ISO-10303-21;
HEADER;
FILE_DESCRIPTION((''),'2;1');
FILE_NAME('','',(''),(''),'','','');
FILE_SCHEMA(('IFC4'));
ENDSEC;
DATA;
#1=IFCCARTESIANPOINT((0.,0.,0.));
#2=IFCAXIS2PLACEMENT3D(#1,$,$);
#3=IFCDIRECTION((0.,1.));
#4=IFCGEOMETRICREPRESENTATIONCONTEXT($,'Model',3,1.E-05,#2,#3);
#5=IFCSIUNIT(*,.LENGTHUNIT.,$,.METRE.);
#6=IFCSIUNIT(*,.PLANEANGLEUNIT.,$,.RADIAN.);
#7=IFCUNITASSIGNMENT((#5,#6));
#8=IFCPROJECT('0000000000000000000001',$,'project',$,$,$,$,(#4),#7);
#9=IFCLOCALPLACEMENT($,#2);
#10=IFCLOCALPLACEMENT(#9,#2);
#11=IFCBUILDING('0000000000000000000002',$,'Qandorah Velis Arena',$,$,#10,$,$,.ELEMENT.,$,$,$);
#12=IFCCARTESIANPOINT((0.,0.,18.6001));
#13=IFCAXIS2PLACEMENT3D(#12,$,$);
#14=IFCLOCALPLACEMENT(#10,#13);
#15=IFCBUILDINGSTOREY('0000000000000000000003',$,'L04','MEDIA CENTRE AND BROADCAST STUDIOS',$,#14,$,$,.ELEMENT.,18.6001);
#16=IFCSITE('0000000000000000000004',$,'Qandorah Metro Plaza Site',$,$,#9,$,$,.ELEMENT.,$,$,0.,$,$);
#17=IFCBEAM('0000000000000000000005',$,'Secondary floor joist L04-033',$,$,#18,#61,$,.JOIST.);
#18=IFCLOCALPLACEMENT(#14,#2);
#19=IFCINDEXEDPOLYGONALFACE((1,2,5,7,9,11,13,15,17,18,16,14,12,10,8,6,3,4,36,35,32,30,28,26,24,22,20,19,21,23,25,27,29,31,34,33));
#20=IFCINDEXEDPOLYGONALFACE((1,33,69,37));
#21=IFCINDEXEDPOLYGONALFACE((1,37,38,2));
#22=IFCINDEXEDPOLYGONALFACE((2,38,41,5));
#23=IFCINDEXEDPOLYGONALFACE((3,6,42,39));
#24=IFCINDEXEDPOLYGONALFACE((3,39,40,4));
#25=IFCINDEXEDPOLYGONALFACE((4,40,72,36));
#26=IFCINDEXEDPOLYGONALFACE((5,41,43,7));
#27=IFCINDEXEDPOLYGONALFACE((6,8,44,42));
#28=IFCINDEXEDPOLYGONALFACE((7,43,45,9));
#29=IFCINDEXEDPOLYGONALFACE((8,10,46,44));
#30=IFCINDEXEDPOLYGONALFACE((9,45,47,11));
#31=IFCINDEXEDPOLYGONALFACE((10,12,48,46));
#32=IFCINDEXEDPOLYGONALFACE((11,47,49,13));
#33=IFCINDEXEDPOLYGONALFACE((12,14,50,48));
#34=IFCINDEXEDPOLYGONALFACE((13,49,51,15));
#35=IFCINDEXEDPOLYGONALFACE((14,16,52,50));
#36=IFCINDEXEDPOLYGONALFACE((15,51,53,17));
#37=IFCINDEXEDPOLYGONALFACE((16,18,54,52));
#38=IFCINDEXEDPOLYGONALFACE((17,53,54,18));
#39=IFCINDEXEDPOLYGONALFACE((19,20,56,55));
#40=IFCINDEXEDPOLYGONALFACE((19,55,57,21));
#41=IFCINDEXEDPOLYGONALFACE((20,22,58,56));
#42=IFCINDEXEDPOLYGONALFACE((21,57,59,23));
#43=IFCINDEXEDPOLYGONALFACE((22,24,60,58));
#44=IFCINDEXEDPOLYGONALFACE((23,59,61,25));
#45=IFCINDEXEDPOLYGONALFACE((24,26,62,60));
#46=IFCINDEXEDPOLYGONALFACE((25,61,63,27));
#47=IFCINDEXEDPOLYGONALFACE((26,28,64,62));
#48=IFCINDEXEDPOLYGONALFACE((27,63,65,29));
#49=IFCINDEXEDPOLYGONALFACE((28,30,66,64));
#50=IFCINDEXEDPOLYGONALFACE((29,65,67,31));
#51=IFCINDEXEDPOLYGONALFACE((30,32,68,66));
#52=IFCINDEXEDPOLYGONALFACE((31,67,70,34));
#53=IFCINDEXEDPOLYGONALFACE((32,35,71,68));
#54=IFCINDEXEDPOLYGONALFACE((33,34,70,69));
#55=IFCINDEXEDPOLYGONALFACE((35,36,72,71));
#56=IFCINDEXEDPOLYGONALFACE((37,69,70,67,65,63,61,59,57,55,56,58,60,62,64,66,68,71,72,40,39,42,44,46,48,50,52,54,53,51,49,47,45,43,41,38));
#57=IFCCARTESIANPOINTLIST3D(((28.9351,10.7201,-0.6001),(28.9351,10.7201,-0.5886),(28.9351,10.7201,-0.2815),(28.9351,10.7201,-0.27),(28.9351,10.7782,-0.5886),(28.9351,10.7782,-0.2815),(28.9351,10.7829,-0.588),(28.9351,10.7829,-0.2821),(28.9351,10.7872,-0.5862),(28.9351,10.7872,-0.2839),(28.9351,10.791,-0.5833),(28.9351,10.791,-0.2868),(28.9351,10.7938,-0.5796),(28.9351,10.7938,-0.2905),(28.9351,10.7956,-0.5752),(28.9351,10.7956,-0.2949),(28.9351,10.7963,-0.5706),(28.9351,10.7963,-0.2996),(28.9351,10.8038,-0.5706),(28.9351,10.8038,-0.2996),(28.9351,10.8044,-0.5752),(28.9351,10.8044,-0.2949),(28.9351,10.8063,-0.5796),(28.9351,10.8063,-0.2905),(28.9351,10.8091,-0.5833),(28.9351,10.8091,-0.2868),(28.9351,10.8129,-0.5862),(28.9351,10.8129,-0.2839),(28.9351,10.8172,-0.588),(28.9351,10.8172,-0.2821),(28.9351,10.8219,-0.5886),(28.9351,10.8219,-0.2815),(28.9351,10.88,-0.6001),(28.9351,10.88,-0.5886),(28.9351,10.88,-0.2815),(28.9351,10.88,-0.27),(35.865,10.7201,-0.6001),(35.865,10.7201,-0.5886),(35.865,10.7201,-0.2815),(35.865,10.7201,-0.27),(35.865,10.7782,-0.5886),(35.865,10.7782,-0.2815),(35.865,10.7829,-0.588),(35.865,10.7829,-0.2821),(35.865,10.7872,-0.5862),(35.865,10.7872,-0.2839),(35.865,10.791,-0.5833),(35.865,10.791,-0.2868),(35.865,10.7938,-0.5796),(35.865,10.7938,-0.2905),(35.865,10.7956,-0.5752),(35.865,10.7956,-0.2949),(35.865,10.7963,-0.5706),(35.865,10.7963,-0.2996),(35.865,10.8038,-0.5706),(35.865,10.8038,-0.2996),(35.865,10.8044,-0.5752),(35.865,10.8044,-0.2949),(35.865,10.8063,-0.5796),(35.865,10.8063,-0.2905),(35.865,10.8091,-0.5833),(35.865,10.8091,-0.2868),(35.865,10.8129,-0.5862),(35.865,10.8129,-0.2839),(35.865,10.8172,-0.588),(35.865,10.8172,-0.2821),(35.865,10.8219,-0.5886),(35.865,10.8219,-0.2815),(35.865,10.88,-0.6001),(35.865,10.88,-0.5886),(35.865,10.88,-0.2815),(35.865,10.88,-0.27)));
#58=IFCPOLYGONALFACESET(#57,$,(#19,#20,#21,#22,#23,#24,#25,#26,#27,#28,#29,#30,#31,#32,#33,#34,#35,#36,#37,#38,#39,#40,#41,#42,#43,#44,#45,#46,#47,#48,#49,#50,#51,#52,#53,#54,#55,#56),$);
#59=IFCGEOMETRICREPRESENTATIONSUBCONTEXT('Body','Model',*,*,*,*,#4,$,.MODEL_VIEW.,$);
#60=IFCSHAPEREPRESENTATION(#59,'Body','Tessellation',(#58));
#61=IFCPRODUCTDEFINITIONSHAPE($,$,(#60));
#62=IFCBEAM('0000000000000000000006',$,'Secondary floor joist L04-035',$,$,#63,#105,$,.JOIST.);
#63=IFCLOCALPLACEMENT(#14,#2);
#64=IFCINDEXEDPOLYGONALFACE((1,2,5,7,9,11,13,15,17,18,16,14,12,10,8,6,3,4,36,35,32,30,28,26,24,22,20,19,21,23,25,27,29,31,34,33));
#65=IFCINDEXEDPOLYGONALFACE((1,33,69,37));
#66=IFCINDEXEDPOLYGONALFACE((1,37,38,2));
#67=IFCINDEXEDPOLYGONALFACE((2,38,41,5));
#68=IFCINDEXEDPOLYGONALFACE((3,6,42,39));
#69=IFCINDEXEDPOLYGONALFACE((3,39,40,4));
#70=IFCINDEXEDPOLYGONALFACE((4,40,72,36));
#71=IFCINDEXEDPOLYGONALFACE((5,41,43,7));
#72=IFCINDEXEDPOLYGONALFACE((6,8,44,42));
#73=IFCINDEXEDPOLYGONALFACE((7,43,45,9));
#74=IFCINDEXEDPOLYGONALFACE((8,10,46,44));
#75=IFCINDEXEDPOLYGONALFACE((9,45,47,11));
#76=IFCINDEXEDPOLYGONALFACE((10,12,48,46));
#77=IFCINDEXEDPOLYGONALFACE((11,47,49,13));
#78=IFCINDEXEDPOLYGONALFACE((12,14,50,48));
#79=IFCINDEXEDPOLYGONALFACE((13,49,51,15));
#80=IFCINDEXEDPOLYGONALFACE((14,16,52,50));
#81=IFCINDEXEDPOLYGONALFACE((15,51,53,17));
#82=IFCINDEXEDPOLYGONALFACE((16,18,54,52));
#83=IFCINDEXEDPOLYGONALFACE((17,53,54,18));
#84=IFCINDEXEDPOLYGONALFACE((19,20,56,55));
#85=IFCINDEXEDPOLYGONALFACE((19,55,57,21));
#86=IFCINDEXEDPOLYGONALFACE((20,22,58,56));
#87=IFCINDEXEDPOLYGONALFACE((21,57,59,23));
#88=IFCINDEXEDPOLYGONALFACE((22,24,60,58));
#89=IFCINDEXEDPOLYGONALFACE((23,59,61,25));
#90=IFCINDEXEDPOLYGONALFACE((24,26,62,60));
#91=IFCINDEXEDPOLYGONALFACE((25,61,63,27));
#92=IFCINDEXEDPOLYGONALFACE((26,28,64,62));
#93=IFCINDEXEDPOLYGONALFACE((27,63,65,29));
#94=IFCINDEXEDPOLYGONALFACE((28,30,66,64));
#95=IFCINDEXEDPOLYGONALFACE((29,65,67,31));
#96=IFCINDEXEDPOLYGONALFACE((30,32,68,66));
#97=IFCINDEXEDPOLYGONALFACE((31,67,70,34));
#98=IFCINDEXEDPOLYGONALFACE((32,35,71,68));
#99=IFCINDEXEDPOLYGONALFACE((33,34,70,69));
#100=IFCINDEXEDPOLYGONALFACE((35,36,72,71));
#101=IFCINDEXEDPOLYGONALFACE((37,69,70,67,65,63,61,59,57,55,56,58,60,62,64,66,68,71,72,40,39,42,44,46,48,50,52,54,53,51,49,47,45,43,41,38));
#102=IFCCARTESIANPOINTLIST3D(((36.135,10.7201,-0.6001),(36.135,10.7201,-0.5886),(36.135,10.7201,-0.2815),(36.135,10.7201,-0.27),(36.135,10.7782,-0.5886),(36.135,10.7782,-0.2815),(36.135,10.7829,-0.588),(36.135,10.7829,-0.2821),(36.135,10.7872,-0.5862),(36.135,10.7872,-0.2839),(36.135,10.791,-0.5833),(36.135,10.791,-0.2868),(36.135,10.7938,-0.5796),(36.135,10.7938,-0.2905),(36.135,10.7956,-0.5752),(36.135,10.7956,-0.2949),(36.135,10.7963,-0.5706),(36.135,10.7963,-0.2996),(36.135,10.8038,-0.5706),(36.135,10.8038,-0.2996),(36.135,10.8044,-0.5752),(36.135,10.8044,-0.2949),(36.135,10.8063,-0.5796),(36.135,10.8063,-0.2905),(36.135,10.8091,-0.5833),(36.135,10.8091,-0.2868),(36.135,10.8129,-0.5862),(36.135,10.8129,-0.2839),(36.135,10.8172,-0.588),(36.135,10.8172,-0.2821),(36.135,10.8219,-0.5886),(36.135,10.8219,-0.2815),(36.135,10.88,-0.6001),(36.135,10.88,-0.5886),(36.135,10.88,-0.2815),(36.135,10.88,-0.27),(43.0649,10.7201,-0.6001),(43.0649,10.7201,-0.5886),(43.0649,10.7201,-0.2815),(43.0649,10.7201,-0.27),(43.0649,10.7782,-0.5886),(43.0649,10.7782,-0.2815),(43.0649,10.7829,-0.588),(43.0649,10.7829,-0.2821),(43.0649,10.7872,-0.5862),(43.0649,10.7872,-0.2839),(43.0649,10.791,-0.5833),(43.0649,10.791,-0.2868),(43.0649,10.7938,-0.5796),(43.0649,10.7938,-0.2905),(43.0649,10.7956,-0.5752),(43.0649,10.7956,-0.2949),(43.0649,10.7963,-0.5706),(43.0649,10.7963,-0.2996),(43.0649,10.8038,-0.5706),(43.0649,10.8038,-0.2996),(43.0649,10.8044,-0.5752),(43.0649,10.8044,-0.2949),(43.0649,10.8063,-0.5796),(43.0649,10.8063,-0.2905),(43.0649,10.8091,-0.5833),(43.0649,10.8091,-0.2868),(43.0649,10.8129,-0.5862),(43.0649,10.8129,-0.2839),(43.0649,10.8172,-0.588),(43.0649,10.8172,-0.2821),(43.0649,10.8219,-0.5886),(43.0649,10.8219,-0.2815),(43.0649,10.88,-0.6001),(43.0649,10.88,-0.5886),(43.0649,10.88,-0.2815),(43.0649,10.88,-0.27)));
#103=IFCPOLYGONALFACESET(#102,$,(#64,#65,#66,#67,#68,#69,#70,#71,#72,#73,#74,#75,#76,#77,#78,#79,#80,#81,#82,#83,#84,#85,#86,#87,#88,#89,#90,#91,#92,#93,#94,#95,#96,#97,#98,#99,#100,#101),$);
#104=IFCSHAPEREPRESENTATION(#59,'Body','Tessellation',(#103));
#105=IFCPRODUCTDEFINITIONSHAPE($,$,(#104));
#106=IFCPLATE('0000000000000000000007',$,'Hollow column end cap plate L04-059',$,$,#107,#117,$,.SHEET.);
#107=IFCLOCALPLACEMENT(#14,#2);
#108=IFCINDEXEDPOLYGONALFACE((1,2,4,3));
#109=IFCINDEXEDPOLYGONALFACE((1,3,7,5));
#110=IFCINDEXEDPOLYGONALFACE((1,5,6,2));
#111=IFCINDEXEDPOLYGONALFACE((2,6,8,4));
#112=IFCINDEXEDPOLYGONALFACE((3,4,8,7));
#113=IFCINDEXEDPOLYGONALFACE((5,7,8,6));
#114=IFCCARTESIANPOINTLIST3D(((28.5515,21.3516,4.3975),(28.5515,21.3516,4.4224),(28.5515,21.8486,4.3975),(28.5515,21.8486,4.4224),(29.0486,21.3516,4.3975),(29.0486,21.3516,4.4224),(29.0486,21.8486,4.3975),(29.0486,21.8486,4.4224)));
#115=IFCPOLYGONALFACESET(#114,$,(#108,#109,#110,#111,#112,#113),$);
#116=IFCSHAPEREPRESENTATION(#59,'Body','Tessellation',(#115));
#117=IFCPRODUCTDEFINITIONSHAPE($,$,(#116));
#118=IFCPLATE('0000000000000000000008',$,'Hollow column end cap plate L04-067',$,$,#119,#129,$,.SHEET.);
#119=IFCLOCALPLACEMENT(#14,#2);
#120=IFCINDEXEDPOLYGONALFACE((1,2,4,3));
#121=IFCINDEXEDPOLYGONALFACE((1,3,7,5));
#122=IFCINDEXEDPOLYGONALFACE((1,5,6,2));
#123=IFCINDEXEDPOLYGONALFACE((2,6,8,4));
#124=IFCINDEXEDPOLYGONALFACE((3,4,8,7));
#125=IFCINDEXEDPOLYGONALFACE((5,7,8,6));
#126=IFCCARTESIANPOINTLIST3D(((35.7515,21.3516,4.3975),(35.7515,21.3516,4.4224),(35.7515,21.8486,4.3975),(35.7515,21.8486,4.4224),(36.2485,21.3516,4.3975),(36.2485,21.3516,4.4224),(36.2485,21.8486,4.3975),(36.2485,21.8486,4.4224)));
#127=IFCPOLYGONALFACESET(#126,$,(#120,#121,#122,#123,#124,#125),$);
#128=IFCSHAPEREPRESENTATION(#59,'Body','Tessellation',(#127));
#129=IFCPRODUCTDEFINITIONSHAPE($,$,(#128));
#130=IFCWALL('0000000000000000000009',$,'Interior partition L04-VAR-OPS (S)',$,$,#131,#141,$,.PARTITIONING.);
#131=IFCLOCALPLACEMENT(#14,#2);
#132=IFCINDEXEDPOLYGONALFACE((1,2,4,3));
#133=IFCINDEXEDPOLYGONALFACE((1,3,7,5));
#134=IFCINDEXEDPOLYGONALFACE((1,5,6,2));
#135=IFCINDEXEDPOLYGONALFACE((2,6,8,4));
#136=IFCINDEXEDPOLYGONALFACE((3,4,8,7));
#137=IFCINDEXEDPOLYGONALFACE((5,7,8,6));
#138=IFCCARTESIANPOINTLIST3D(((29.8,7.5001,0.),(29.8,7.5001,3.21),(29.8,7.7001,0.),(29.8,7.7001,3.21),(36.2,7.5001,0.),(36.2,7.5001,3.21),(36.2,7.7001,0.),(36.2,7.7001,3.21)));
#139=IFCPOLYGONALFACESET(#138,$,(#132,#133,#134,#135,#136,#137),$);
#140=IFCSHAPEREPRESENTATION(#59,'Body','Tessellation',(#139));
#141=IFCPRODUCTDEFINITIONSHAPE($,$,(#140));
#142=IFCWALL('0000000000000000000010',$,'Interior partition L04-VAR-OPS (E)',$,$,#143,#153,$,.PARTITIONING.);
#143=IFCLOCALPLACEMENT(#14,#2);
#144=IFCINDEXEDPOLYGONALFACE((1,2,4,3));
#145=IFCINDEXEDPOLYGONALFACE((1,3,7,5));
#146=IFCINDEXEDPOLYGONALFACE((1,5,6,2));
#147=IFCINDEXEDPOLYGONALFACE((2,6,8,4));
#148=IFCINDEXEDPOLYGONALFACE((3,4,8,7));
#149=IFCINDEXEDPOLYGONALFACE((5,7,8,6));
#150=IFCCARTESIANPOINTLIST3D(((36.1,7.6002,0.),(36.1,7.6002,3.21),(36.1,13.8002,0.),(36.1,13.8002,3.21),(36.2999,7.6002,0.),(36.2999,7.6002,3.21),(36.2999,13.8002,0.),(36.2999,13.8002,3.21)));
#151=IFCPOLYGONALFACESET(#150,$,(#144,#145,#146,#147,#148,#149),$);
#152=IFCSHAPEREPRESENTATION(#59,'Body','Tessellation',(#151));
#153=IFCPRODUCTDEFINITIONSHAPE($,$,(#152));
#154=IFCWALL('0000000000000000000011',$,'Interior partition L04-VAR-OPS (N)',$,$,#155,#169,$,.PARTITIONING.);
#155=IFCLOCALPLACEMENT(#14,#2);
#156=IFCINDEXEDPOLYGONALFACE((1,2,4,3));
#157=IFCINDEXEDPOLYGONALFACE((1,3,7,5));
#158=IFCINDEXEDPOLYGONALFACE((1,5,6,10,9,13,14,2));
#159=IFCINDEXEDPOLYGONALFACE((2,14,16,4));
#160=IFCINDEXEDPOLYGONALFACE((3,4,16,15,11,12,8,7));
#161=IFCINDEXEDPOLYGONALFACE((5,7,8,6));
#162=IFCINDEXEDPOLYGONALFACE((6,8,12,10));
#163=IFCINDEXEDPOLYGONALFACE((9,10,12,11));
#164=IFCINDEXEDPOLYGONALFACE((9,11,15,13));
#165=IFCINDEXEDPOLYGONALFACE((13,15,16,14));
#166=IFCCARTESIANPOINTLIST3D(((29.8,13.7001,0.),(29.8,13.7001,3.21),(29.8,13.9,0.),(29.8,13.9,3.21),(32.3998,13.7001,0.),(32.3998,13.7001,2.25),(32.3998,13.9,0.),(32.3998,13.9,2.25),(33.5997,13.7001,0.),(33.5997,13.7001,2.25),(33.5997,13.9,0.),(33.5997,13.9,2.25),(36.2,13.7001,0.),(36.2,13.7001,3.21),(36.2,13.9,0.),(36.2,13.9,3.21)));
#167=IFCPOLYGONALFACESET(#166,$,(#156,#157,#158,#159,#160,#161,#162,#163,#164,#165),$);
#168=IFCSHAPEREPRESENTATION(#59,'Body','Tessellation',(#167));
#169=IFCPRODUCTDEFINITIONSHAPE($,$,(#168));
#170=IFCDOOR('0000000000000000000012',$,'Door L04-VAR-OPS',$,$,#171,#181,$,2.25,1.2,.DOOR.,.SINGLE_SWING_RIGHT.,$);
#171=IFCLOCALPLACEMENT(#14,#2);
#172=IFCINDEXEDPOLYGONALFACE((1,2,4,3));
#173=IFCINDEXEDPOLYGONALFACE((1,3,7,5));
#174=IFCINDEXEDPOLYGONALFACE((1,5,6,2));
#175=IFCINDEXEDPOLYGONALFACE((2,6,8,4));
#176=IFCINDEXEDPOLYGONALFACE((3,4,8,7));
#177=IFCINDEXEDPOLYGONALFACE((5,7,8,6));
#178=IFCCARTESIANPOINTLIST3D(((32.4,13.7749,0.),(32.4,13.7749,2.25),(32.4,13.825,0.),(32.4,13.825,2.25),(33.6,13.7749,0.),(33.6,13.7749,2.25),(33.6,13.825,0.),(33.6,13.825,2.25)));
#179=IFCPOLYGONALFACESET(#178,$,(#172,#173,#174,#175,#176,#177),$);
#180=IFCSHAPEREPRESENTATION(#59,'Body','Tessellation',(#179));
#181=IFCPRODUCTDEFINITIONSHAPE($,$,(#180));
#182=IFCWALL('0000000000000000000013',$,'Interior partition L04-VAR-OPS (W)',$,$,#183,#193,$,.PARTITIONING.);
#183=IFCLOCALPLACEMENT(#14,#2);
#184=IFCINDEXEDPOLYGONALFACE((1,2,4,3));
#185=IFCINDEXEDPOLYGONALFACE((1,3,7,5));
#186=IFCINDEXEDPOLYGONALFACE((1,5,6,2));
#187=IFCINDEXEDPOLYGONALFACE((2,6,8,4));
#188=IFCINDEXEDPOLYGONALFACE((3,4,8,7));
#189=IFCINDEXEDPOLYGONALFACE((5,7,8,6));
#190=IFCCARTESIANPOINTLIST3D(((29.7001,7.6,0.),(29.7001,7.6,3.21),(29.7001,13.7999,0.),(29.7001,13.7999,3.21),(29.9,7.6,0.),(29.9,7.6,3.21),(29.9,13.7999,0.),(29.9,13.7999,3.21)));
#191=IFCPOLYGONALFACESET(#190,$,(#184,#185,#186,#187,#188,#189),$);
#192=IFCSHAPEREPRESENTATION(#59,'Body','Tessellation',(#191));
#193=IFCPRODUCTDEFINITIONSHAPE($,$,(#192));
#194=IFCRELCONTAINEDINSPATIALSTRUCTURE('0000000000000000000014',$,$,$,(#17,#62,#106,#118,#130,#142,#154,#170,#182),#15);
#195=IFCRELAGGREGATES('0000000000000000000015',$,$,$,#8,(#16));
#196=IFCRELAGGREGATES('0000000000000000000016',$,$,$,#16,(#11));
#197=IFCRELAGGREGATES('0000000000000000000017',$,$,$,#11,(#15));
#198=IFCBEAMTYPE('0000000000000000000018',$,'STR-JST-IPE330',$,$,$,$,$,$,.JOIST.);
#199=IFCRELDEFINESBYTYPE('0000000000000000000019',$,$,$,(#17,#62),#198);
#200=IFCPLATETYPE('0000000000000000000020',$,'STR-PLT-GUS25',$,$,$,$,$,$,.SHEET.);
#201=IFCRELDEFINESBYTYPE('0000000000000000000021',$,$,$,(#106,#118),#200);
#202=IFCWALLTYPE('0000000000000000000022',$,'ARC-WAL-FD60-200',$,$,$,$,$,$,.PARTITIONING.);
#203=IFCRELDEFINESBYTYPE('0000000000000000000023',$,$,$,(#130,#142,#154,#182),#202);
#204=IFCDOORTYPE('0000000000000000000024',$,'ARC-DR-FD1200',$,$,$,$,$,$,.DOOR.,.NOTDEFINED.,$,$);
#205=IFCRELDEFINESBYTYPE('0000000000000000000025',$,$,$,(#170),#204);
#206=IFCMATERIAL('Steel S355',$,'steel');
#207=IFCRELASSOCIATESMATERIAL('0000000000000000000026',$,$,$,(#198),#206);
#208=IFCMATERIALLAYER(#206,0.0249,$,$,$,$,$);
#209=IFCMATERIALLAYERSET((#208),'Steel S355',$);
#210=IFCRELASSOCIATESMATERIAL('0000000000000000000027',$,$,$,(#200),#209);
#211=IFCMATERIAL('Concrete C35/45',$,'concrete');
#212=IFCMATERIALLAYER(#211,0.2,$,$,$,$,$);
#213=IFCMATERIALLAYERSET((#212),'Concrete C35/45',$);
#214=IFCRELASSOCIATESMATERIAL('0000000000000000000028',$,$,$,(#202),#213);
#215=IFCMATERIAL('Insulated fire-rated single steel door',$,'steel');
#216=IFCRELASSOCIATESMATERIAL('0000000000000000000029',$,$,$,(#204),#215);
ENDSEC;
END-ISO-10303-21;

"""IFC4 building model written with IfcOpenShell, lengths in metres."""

from ifc_helpers import new_model, si_unit, direction, frame, frame_2d, origin, origin_2d, place, context, subcontext, project, spatial, rectangle, i_section, extrude, material, layer, layer_set, material_profile, profile_set, type_object, element, fill, save


model = new_model("IFC4")

# Units and contexts
model_context = context("Model", 3, precision=1e-05, world=origin(), true_north=direction((0.0, 1.0)))
body_context = subcontext(model_context, "Body", "Model", "MODEL_VIEW")
ifc_project = project(units=[si_unit("LENGTHUNIT", "METRE"), si_unit("PLANEANGLEUNIT", "RADIAN")], contexts=[model_context])

# Site, building, storey
site_placement = place(None, origin())
site = spatial("IfcSite", under=ifc_project, at=site_placement, Name="Qandorah Metro Plaza Site", CompositionType="ELEMENT", RefElevation=0.0)
building_placement = place(site_placement, origin())
building = spatial("IfcBuilding", under=site, at=building_placement, Name="Qandorah Velis Arena", CompositionType="ELEMENT")
storey_placement = place(building_placement, frame((0.0, 0.0, 18.6001)))
storey = spatial("IfcBuildingStorey", under=building, at=storey_placement, Name="L04", Description="MEDIA CENTRE AND BROADCAST STUDIOS", CompositionType="ELEMENT", Elevation=18.6001)

# Shared definitions
ifc_material_1 = material(Name="Steel S355", Category="steel")

# Beams
ifc_material_profile_1 = material_profile(ifc_material_1, i_section(OverallWidth=0.1599, OverallDepth=0.3301, WebThickness=0.0076, FlangeThickness=0.0115, FilletRadius=0.0181, at=origin_2d()), Name="IPE 330")
ifc_profile_set_1 = profile_set([ifc_material_profile_1], Name="Steel S355")
beam_type_1 = type_object("IfcBeamType", Name="STR-JST-IPE330", PredefinedType="JOIST", material=ifc_profile_set_1)
for number, where, z_axis, x_axis, name in (
    (1, (28.9351, 10.8, -0.4351), (1.0, 0.0, 0.0), (0.0, 1.0, 0.0), "Secondary floor joist L04-033"),
    (2, (36.135, 10.8, -0.4351), (1.0, 0.0, 0.0), (0.0, 1.0, 0.0), "Secondary floor joist L04-035"),
):
    element("IfcBeam", number, at=place(storey_placement, frame(where, z_axis=z_axis, x_axis=x_axis)), inside=storey, type_object=beam_type_1, Name=name, PredefinedType="JOIST", context=body_context, shape_type="SweptSolid", body=[
        extrude(i_section(OverallWidth=0.1599, OverallDepth=0.3301, WebThickness=0.0076, FlangeThickness=0.0115, FilletRadius=0.0181, at=origin_2d()), origin(), (0.0, 0.0, 1.0), 6.9299),
    ])

# Plates
ifc_layer_1 = layer(ifc_material_1, 0.0249)
ifc_layer_set_1 = layer_set([ifc_layer_1], Name="Steel S355")
plate_type = type_object("IfcPlateType", Name="STR-PLT-GUS25", PredefinedType="SHEET", material=ifc_layer_set_1)
for number, where, z_axis, x_axis, name in (
    (3, (28.8, 21.6001, 4.3975), (0.0, 0.0, 1.0), (1.0, 0.0, 0.0), "Hollow column end cap plate L04-059"),
    (4, (36.0, 21.6001, 4.3975), (0.0, 0.0, 1.0), (1.0, 0.0, 0.0), "Hollow column end cap plate L04-067"),
):
    element("IfcPlate", number, at=place(storey_placement, frame(where, z_axis=z_axis, x_axis=x_axis)), inside=storey, type_object=plate_type, Name=name, PredefinedType="SHEET", context=body_context, shape_type="SweptSolid", body=[
        extrude(rectangle(XDim=0.4971, YDim=0.4971, at=origin_2d()), origin(), (0.0, 0.0, 1.0), 0.0249),
    ])

# Walls
ifc_material_2 = material(Name="Concrete C35/45", Category="concrete")
ifc_layer_2 = layer(ifc_material_2, 0.2)
ifc_layer_set_2 = layer_set([ifc_layer_2], Name="Concrete C35/45")
wall_type_1 = type_object("IfcWallType", Name="ARC-WAL-FD60-200", PredefinedType="PARTITIONING", material=ifc_layer_set_2)
wall_1_placement = place(storey_placement, frame((29.8, 7.6001, 0.0), z_axis=(0.0, 0.0, 1.0), x_axis=(1.0, 0.0, 0.0)))
element("IfcWall", 5, at=wall_1_placement, inside=storey, type_object=wall_type_1, Name="Interior partition L04-VAR-OPS (S)", PredefinedType="PARTITIONING", context=body_context, shape_type="SweptSolid", body=[
    extrude(rectangle(XDim=6.3999, YDim=0.2, at=frame_2d((3.2, 0.0))), origin(), (0.0, 0.0, 1.0), 3.21),
])
wall_2_placement = place(storey_placement, frame((36.2, 7.6001, 0.0), z_axis=(0.0, 0.0, 1.0), x_axis=(0.0, 1.0, 0.0)))
element("IfcWall", 6, at=wall_2_placement, inside=storey, type_object=wall_type_1, Name="Interior partition L04-VAR-OPS (E)", PredefinedType="PARTITIONING", context=body_context, shape_type="SweptSolid", body=[
    extrude(rectangle(XDim=6.2, YDim=0.2, at=frame_2d((3.1001, 0.0))), origin(), (0.0, 0.0, 1.0), 3.21),
])

# Wall, opening, door
wall_3_placement = place(storey_placement, frame((36.2, 13.8, 0.0), z_axis=(0.0, 0.0, 1.0), x_axis=(-1.0, 0.0, 0.0)))
wall_3 = element("IfcWall", 7, at=wall_3_placement, inside=storey, type_object=wall_type_1, Name="Interior partition L04-VAR-OPS (N)", PredefinedType="PARTITIONING", context=body_context, shape_type="SweptSolid", body=[
    extrude(rectangle(XDim=6.3999, YDim=0.2, at=frame_2d((3.2, 0.0))), origin(), (0.0, 0.0, 1.0), 3.21),
])
opening_1_placement = place(wall_3_placement, frame((2.6001, 0.0, 0.0)))
opening_1 = element("IfcOpeningElement", 8, at=opening_1_placement, cuts=wall_3, PredefinedType="OPENING", context=body_context, shape_type="SweptSolid", body=[
    extrude(rectangle(XDim=1.2, YDim=2.25, at=frame_2d((0.6001, 1.125))), frame((0.0, 0.1099, 0.0), z_axis=(0.0, -1.0, 0.0), x_axis=(1.0, 0.0, 0.0)), (0.0, 0.0, 1.0), 0.22),
])
ifc_material_3 = material(Name="Insulated fire-rated single steel door", Category="steel")
door_type_1 = type_object("IfcDoorType", Name="ARC-DR-FD1200", OperationType="NOTDEFINED", PredefinedType="DOOR", material=ifc_material_3)
door_1_placement = place(opening_1_placement, frame((1.2, 0.0, 0.0), z_axis=(0.0, 0.0, 1.0), x_axis=(-1.0, 0.0, 0.0)))
door_1 = element("IfcDoor", 9, at=door_1_placement, inside=storey, type_object=door_type_1, Name="Door L04-VAR-OPS", OperationType="SINGLE_SWING_RIGHT", OverallHeight=2.25, OverallWidth=1.2, PredefinedType="DOOR", context=body_context, shape_type="SweptSolid", body=[
    extrude(rectangle(XDim=1.2, YDim=2.25, at=frame_2d((0.6001, 1.125))), frame((0.0, 0.0249, 0.0), z_axis=(0.0, -1.0, 0.0), x_axis=(1.0, 0.0, 0.0)), (0.0, 0.0, 1.0), 0.05),
])
fill(opening_1, door_1)

# Wall
wall_4_placement = place(storey_placement, frame((29.8, 13.8, 0.0), z_axis=(0.0, 0.0, 1.0), x_axis=(0.0, -1.0, 0.0)))
element("IfcWall", 10, at=wall_4_placement, inside=storey, type_object=wall_type_1, Name="Interior partition L04-VAR-OPS (W)", PredefinedType="PARTITIONING", context=body_context, shape_type="SweptSolid", body=[
    extrude(rectangle(XDim=6.2, YDim=0.2, at=frame_2d((3.1001, 0.0))), origin(), (0.0, 0.0, 1.0), 3.21),
])

save(model, "model.ifc")
